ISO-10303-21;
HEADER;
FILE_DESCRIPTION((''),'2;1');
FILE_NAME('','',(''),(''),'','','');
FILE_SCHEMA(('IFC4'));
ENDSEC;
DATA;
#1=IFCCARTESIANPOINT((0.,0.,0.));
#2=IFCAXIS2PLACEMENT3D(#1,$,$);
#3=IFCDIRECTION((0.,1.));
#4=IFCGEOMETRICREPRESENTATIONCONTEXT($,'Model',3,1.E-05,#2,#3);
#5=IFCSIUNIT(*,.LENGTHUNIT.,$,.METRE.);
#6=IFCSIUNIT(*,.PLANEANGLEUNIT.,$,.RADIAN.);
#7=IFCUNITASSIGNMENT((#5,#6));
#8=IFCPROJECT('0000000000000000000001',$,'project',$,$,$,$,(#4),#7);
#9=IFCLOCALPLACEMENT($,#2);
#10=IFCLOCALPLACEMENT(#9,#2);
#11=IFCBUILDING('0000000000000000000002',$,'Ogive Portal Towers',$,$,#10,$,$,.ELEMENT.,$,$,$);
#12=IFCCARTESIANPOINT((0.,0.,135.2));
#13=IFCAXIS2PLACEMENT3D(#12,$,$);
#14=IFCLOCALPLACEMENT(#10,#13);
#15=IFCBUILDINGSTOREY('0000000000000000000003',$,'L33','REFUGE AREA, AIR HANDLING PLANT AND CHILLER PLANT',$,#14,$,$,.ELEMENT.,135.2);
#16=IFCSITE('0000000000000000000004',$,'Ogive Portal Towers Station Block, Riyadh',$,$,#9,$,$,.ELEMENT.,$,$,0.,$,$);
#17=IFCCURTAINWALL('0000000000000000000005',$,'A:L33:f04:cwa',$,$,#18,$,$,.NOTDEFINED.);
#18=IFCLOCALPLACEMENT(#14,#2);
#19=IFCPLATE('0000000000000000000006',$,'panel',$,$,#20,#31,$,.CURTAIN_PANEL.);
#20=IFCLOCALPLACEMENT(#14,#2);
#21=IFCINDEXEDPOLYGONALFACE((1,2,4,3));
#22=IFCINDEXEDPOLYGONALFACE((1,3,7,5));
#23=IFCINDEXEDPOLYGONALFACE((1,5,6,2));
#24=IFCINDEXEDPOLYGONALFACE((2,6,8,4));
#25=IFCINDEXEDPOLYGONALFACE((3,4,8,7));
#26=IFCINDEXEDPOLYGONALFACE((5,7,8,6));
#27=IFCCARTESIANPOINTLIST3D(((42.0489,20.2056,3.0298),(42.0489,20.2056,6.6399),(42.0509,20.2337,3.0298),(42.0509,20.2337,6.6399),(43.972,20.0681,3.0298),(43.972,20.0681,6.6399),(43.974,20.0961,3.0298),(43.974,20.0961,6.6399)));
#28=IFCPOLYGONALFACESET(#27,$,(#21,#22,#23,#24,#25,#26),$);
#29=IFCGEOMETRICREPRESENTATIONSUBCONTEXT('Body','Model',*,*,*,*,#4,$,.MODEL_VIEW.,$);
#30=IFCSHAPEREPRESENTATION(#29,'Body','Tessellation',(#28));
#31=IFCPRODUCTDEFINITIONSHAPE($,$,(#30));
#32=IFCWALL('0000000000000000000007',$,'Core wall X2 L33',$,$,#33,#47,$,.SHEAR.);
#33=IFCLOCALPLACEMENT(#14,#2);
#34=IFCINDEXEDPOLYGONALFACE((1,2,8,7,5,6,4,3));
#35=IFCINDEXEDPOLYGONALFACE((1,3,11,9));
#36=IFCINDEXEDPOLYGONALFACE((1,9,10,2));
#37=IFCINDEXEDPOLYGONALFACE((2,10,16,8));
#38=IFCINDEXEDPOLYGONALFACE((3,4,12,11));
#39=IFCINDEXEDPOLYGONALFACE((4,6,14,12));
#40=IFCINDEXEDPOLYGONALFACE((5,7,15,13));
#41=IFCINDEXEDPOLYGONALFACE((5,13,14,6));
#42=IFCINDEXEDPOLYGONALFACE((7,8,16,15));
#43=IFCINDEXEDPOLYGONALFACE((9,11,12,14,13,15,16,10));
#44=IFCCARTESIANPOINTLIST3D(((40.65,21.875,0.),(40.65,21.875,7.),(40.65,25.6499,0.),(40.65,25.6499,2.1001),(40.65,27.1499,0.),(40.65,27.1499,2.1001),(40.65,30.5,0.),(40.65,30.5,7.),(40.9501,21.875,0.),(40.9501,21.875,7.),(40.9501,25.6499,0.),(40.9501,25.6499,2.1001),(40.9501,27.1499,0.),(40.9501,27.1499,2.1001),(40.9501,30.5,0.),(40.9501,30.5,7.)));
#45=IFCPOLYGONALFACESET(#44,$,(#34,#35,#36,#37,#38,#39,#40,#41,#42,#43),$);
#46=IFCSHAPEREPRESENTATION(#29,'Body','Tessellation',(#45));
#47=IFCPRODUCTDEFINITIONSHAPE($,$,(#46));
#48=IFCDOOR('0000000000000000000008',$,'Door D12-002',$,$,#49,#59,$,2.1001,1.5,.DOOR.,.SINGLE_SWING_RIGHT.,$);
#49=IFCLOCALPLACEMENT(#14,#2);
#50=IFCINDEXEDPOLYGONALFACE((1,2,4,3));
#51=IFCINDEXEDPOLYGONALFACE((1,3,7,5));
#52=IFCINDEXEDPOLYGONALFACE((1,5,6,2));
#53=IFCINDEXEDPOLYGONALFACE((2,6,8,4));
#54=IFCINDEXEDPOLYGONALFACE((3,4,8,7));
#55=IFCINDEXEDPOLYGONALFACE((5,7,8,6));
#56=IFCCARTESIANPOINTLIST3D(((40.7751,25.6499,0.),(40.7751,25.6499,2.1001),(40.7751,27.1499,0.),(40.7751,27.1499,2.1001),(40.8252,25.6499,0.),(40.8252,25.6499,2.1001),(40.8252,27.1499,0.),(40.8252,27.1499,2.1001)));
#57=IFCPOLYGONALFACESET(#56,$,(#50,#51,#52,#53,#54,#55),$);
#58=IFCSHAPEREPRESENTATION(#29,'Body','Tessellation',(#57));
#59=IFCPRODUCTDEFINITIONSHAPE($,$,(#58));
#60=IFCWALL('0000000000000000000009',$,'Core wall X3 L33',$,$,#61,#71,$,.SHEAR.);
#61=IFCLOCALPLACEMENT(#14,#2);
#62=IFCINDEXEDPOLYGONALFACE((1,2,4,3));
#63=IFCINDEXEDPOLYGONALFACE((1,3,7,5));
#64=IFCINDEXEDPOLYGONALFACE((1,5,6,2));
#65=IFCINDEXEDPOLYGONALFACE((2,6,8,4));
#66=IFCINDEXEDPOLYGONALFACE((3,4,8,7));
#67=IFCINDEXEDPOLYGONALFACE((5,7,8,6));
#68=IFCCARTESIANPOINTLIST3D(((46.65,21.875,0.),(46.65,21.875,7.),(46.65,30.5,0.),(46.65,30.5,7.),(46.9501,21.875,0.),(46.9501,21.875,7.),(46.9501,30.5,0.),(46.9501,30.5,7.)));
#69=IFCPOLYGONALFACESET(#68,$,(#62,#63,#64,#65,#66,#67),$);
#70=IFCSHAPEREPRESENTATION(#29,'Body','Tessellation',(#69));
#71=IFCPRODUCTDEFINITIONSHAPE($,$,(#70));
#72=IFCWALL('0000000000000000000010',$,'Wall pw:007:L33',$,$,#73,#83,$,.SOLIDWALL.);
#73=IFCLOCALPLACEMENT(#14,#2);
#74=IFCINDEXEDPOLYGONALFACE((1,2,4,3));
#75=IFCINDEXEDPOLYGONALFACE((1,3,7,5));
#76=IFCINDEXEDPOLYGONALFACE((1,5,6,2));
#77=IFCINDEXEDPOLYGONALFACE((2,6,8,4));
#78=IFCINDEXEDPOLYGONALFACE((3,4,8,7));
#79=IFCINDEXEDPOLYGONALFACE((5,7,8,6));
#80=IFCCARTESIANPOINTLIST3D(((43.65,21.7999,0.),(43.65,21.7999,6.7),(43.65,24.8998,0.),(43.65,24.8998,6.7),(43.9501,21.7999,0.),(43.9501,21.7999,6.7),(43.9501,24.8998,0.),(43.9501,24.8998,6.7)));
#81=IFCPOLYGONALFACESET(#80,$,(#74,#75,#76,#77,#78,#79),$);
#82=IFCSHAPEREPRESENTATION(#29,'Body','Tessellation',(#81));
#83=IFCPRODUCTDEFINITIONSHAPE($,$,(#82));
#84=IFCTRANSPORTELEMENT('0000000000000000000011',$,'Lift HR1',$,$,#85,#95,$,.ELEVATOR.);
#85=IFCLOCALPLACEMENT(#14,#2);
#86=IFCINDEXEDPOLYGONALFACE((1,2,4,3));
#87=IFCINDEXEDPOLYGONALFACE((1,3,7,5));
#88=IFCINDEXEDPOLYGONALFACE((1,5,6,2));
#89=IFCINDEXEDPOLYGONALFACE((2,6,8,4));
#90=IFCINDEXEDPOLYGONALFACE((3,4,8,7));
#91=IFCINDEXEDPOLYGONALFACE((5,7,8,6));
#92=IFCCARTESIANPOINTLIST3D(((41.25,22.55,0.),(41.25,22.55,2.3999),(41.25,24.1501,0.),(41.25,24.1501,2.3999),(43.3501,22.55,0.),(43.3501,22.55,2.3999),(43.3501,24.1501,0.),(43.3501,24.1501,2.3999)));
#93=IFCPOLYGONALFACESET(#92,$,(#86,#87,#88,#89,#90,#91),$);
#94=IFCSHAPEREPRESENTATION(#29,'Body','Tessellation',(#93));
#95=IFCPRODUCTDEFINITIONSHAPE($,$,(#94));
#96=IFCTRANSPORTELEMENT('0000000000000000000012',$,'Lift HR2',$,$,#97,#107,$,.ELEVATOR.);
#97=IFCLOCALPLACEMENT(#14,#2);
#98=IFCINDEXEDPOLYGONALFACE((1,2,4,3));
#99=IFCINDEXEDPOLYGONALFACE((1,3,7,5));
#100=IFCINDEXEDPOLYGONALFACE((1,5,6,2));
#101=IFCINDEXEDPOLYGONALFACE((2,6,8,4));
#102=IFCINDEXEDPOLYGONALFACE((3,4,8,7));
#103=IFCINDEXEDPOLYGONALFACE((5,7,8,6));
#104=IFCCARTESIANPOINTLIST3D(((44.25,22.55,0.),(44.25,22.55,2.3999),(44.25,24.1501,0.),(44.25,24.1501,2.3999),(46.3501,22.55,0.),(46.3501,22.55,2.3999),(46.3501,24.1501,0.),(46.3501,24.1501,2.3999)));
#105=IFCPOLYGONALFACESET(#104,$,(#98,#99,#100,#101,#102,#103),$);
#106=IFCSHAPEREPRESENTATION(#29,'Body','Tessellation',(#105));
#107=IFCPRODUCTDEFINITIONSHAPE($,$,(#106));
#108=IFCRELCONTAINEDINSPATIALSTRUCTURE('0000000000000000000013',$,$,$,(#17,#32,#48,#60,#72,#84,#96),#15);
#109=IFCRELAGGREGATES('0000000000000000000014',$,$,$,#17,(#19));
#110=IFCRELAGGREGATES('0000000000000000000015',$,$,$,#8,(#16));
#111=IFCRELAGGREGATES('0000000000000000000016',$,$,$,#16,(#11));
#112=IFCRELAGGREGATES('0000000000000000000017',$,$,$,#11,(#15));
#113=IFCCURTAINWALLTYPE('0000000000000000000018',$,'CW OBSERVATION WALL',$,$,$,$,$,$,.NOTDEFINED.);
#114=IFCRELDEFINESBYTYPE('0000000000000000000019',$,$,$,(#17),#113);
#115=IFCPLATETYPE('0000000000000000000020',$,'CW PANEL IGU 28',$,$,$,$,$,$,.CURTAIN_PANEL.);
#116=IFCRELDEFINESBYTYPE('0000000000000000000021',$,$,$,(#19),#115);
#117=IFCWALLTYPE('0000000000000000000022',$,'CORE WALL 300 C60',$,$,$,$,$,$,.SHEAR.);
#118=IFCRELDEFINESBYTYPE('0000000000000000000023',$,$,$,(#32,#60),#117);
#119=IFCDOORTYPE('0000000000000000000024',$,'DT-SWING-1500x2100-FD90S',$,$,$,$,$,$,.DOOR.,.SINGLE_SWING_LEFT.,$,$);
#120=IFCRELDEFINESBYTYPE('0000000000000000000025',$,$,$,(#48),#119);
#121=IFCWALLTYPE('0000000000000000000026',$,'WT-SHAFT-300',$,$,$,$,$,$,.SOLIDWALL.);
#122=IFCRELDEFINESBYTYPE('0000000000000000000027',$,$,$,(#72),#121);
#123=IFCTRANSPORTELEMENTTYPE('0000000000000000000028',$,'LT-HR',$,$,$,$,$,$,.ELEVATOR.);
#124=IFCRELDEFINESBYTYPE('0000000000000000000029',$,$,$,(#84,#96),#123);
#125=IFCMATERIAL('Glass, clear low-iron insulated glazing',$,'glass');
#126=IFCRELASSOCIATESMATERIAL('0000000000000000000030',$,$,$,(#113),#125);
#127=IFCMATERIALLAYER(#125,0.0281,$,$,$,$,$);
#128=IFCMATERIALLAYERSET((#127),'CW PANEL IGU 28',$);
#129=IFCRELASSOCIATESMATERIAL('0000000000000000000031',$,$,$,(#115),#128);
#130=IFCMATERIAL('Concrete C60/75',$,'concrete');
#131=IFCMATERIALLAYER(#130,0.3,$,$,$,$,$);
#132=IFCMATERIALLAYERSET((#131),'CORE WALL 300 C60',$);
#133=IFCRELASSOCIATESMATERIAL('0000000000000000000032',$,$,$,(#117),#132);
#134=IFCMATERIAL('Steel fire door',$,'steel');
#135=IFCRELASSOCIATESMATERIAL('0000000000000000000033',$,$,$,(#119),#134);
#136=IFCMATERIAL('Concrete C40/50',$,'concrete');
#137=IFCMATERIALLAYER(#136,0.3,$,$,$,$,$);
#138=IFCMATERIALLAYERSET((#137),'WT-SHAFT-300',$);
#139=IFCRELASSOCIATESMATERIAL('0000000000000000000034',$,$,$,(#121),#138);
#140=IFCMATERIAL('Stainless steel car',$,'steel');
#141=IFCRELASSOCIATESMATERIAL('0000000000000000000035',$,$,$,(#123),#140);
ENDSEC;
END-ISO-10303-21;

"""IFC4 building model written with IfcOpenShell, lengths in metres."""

from ifc_helpers import new_model, si_unit, direction, frame, frame_2d, origin, origin_2d, place, context, subcontext, project, spatial, rectangle, extrude, material, layer, layer_set, type_object, element, fill, aggregate, save


model = new_model("IFC4")

# Units and contexts
model_context = context("Model", 3, precision=1e-05, world=origin(), true_north=direction((0.0, 1.0)))
body_context = subcontext(model_context, "Body", "Model", "MODEL_VIEW")
ifc_project = project(units=[si_unit("LENGTHUNIT", "METRE"), si_unit("PLANEANGLEUNIT", "RADIAN")], contexts=[model_context])

# Site, building, storey
site_placement = place(None, origin())
site = spatial("IfcSite", under=ifc_project, at=site_placement, Name="Ogive Portal Towers Station Block, Riyadh", CompositionType="ELEMENT", RefElevation=0.0)
building_placement = place(site_placement, origin())
building = spatial("IfcBuilding", under=site, at=building_placement, Name="Ogive Portal Towers", CompositionType="ELEMENT")
storey_placement = place(building_placement, frame((0.0, 0.0, 135.2)))
storey = spatial("IfcBuildingStorey", under=building, at=storey_placement, Name="L33", Description="REFUGE AREA, AIR HANDLING PLANT AND CHILLER PLANT", CompositionType="ELEMENT", Elevation=135.2)

# Shared definitions
ifc_material_1 = material(Name="Glass, clear low-iron insulated glazing", Category="glass")
curtain_wall_type = type_object("IfcCurtainWallType", Name="CW OBSERVATION WALL", PredefinedType="NOTDEFINED", material=ifc_material_1)

# Curtain wall
curtain_wall_1_placement = place(storey_placement, origin())
curtain_wall_1 = element("IfcCurtainWall", 1, at=curtain_wall_1_placement, inside=storey, type_object=curtain_wall_type, Name="A:L33:f04:cwa", PredefinedType="NOTDEFINED")

# Plate
ifc_layer_1 = layer(ifc_material_1, 0.0281)
ifc_layer_set_1 = layer_set([ifc_layer_1], Name="CW PANEL IGU 28")
plate_type = type_object("IfcPlateType", Name="CW PANEL IGU 28", PredefinedType="CURTAIN_PANEL", material=ifc_layer_set_1)
plate_1_placement = place(storey_placement, frame((43.0115, 20.1509, 3.0298), z_axis=(0.0, 0.0, 1.0), x_axis=(0.997452, -0.071339, 0.0)))
plate_1 = element("IfcPlate", 2, at=plate_1_placement, type_object=plate_type, Name="panel", PredefinedType="CURTAIN_PANEL", context=body_context, shape_type="SweptSolid", body=[
    extrude(rectangle(XDim=1.928, YDim=0.0281, at=origin_2d()), origin(), (0.0, 0.0, 1.0), 3.6101),
])
aggregate(curtain_wall_1, [plate_1])

# Wall, opening, door
ifc_material_2 = material(Name="Concrete C60/75", Category="concrete")
ifc_layer_2 = layer(ifc_material_2, 0.3)
ifc_layer_set_2 = layer_set([ifc_layer_2], Name="CORE WALL 300 C60")
wall_type_1 = type_object("IfcWallType", Name="CORE WALL 300 C60", PredefinedType="SHEAR", material=ifc_layer_set_2)
wall_1_placement = place(storey_placement, frame((40.8, 21.875, 0.0), z_axis=(0.0, 0.0, 1.0), x_axis=(0.0, 1.0, 0.0)))
wall_1 = element("IfcWall", 3, at=wall_1_placement, inside=storey, type_object=wall_type_1, Name="Core wall X2 L33", PredefinedType="SHEAR", context=body_context, shape_type="SweptSolid", body=[
    extrude(rectangle(XDim=8.625, YDim=0.3, at=frame_2d((4.3125, 0.0))), origin(), (0.0, 0.0, 1.0), 7.0),
])
opening_placement = place(wall_1_placement, frame((3.7749, 0.0, 0.0)))
opening = element("IfcOpeningElement", 4, at=opening_placement, cuts=wall_1, PredefinedType="OPENING", context=body_context, shape_type="SweptSolid", body=[
    extrude(rectangle(XDim=1.5, YDim=2.1001, at=frame_2d((0.75, 1.05))), frame((0.0, 0.1602, 0.0), z_axis=(0.0, -1.0, 0.0), x_axis=(1.0, 0.0, 0.0)), (0.0, 0.0, 1.0), 0.3201),
])
ifc_material_3 = material(Name="Steel fire door", Category="steel")
door_type = type_object("IfcDoorType", Name="DT-SWING-1500x2100-FD90S", OperationType="SINGLE_SWING_LEFT", PredefinedType="DOOR", material=ifc_material_3)
door_placement = place(opening_placement, origin())
door = element("IfcDoor", 5, at=door_placement, inside=storey, type_object=door_type, Name="Door D12-002", OperationType="SINGLE_SWING_RIGHT", OverallHeight=2.1001, OverallWidth=1.5, PredefinedType="DOOR", context=body_context, shape_type="SweptSolid", body=[
    extrude(rectangle(XDim=1.5, YDim=2.1001, at=frame_2d((0.75, 1.05))), frame((0.0, 0.0249, 0.0), z_axis=(0.0, -1.0, 0.0), x_axis=(1.0, 0.0, 0.0)), (0.0, 0.0, 1.0), 0.05),
])
fill(opening, door)

# Walls
wall_2_placement = place(storey_placement, frame((46.8, 21.875, 0.0), z_axis=(0.0, 0.0, 1.0), x_axis=(0.0, 1.0, 0.0)))
element("IfcWall", 6, at=wall_2_placement, inside=storey, type_object=wall_type_1, Name="Core wall X3 L33", PredefinedType="SHEAR", context=body_context, shape_type="SweptSolid", body=[
    extrude(rectangle(XDim=8.625, YDim=0.3, at=frame_2d((4.3125, 0.0))), origin(), (0.0, 0.0, 1.0), 7.0),
])
ifc_material_4 = material(Name="Concrete C40/50", Category="concrete")
ifc_layer_3 = layer(ifc_material_4, 0.3)
ifc_layer_set_3 = layer_set([ifc_layer_3], Name="WT-SHAFT-300")
wall_type_2 = type_object("IfcWallType", Name="WT-SHAFT-300", PredefinedType="SOLIDWALL", material=ifc_layer_set_3)
wall_3_placement = place(storey_placement, frame((43.8, 21.8, 0.0), z_axis=(0.0, 0.0, 1.0), x_axis=(0.0, 1.0, 0.0)))
element("IfcWall", 7, at=wall_3_placement, inside=storey, type_object=wall_type_2, Name="Wall pw:007:L33", PredefinedType="SOLIDWALL", context=body_context, shape_type="SweptSolid", body=[
    extrude(rectangle(XDim=3.0999, YDim=0.3, at=frame_2d((1.5498, 0.0))), origin(), (0.0, 0.0, 1.0), 6.7),
])

# Transport elements
ifc_material_5 = material(Name="Stainless steel car", Category="steel")
transport_element_type = type_object("IfcTransportElementType", Name="LT-HR", PredefinedType="ELEVATOR", material=ifc_material_5)
for number, where, z_axis, x_axis, name in (
    (8, (42.3, 23.3501, 0.0), (0.0, 0.0, 1.0), (1.0, 0.0, 0.0), "Lift HR1"),
    (9, (45.3, 23.3501, 0.0), (0.0, 0.0, 1.0), (1.0, 0.0, 0.0), "Lift HR2"),
):
    element("IfcTransportElement", number, at=place(storey_placement, frame(where, z_axis=z_axis, x_axis=x_axis)), inside=storey, type_object=transport_element_type, Name=name, PredefinedType="ELEVATOR", context=body_context, shape_type="SweptSolid", body=[
        extrude(rectangle(XDim=2.1001, YDim=1.6001, at=origin_2d()), origin(), (0.0, 0.0, 1.0), 2.3999),
    ])

save(model, "model.ifc")
